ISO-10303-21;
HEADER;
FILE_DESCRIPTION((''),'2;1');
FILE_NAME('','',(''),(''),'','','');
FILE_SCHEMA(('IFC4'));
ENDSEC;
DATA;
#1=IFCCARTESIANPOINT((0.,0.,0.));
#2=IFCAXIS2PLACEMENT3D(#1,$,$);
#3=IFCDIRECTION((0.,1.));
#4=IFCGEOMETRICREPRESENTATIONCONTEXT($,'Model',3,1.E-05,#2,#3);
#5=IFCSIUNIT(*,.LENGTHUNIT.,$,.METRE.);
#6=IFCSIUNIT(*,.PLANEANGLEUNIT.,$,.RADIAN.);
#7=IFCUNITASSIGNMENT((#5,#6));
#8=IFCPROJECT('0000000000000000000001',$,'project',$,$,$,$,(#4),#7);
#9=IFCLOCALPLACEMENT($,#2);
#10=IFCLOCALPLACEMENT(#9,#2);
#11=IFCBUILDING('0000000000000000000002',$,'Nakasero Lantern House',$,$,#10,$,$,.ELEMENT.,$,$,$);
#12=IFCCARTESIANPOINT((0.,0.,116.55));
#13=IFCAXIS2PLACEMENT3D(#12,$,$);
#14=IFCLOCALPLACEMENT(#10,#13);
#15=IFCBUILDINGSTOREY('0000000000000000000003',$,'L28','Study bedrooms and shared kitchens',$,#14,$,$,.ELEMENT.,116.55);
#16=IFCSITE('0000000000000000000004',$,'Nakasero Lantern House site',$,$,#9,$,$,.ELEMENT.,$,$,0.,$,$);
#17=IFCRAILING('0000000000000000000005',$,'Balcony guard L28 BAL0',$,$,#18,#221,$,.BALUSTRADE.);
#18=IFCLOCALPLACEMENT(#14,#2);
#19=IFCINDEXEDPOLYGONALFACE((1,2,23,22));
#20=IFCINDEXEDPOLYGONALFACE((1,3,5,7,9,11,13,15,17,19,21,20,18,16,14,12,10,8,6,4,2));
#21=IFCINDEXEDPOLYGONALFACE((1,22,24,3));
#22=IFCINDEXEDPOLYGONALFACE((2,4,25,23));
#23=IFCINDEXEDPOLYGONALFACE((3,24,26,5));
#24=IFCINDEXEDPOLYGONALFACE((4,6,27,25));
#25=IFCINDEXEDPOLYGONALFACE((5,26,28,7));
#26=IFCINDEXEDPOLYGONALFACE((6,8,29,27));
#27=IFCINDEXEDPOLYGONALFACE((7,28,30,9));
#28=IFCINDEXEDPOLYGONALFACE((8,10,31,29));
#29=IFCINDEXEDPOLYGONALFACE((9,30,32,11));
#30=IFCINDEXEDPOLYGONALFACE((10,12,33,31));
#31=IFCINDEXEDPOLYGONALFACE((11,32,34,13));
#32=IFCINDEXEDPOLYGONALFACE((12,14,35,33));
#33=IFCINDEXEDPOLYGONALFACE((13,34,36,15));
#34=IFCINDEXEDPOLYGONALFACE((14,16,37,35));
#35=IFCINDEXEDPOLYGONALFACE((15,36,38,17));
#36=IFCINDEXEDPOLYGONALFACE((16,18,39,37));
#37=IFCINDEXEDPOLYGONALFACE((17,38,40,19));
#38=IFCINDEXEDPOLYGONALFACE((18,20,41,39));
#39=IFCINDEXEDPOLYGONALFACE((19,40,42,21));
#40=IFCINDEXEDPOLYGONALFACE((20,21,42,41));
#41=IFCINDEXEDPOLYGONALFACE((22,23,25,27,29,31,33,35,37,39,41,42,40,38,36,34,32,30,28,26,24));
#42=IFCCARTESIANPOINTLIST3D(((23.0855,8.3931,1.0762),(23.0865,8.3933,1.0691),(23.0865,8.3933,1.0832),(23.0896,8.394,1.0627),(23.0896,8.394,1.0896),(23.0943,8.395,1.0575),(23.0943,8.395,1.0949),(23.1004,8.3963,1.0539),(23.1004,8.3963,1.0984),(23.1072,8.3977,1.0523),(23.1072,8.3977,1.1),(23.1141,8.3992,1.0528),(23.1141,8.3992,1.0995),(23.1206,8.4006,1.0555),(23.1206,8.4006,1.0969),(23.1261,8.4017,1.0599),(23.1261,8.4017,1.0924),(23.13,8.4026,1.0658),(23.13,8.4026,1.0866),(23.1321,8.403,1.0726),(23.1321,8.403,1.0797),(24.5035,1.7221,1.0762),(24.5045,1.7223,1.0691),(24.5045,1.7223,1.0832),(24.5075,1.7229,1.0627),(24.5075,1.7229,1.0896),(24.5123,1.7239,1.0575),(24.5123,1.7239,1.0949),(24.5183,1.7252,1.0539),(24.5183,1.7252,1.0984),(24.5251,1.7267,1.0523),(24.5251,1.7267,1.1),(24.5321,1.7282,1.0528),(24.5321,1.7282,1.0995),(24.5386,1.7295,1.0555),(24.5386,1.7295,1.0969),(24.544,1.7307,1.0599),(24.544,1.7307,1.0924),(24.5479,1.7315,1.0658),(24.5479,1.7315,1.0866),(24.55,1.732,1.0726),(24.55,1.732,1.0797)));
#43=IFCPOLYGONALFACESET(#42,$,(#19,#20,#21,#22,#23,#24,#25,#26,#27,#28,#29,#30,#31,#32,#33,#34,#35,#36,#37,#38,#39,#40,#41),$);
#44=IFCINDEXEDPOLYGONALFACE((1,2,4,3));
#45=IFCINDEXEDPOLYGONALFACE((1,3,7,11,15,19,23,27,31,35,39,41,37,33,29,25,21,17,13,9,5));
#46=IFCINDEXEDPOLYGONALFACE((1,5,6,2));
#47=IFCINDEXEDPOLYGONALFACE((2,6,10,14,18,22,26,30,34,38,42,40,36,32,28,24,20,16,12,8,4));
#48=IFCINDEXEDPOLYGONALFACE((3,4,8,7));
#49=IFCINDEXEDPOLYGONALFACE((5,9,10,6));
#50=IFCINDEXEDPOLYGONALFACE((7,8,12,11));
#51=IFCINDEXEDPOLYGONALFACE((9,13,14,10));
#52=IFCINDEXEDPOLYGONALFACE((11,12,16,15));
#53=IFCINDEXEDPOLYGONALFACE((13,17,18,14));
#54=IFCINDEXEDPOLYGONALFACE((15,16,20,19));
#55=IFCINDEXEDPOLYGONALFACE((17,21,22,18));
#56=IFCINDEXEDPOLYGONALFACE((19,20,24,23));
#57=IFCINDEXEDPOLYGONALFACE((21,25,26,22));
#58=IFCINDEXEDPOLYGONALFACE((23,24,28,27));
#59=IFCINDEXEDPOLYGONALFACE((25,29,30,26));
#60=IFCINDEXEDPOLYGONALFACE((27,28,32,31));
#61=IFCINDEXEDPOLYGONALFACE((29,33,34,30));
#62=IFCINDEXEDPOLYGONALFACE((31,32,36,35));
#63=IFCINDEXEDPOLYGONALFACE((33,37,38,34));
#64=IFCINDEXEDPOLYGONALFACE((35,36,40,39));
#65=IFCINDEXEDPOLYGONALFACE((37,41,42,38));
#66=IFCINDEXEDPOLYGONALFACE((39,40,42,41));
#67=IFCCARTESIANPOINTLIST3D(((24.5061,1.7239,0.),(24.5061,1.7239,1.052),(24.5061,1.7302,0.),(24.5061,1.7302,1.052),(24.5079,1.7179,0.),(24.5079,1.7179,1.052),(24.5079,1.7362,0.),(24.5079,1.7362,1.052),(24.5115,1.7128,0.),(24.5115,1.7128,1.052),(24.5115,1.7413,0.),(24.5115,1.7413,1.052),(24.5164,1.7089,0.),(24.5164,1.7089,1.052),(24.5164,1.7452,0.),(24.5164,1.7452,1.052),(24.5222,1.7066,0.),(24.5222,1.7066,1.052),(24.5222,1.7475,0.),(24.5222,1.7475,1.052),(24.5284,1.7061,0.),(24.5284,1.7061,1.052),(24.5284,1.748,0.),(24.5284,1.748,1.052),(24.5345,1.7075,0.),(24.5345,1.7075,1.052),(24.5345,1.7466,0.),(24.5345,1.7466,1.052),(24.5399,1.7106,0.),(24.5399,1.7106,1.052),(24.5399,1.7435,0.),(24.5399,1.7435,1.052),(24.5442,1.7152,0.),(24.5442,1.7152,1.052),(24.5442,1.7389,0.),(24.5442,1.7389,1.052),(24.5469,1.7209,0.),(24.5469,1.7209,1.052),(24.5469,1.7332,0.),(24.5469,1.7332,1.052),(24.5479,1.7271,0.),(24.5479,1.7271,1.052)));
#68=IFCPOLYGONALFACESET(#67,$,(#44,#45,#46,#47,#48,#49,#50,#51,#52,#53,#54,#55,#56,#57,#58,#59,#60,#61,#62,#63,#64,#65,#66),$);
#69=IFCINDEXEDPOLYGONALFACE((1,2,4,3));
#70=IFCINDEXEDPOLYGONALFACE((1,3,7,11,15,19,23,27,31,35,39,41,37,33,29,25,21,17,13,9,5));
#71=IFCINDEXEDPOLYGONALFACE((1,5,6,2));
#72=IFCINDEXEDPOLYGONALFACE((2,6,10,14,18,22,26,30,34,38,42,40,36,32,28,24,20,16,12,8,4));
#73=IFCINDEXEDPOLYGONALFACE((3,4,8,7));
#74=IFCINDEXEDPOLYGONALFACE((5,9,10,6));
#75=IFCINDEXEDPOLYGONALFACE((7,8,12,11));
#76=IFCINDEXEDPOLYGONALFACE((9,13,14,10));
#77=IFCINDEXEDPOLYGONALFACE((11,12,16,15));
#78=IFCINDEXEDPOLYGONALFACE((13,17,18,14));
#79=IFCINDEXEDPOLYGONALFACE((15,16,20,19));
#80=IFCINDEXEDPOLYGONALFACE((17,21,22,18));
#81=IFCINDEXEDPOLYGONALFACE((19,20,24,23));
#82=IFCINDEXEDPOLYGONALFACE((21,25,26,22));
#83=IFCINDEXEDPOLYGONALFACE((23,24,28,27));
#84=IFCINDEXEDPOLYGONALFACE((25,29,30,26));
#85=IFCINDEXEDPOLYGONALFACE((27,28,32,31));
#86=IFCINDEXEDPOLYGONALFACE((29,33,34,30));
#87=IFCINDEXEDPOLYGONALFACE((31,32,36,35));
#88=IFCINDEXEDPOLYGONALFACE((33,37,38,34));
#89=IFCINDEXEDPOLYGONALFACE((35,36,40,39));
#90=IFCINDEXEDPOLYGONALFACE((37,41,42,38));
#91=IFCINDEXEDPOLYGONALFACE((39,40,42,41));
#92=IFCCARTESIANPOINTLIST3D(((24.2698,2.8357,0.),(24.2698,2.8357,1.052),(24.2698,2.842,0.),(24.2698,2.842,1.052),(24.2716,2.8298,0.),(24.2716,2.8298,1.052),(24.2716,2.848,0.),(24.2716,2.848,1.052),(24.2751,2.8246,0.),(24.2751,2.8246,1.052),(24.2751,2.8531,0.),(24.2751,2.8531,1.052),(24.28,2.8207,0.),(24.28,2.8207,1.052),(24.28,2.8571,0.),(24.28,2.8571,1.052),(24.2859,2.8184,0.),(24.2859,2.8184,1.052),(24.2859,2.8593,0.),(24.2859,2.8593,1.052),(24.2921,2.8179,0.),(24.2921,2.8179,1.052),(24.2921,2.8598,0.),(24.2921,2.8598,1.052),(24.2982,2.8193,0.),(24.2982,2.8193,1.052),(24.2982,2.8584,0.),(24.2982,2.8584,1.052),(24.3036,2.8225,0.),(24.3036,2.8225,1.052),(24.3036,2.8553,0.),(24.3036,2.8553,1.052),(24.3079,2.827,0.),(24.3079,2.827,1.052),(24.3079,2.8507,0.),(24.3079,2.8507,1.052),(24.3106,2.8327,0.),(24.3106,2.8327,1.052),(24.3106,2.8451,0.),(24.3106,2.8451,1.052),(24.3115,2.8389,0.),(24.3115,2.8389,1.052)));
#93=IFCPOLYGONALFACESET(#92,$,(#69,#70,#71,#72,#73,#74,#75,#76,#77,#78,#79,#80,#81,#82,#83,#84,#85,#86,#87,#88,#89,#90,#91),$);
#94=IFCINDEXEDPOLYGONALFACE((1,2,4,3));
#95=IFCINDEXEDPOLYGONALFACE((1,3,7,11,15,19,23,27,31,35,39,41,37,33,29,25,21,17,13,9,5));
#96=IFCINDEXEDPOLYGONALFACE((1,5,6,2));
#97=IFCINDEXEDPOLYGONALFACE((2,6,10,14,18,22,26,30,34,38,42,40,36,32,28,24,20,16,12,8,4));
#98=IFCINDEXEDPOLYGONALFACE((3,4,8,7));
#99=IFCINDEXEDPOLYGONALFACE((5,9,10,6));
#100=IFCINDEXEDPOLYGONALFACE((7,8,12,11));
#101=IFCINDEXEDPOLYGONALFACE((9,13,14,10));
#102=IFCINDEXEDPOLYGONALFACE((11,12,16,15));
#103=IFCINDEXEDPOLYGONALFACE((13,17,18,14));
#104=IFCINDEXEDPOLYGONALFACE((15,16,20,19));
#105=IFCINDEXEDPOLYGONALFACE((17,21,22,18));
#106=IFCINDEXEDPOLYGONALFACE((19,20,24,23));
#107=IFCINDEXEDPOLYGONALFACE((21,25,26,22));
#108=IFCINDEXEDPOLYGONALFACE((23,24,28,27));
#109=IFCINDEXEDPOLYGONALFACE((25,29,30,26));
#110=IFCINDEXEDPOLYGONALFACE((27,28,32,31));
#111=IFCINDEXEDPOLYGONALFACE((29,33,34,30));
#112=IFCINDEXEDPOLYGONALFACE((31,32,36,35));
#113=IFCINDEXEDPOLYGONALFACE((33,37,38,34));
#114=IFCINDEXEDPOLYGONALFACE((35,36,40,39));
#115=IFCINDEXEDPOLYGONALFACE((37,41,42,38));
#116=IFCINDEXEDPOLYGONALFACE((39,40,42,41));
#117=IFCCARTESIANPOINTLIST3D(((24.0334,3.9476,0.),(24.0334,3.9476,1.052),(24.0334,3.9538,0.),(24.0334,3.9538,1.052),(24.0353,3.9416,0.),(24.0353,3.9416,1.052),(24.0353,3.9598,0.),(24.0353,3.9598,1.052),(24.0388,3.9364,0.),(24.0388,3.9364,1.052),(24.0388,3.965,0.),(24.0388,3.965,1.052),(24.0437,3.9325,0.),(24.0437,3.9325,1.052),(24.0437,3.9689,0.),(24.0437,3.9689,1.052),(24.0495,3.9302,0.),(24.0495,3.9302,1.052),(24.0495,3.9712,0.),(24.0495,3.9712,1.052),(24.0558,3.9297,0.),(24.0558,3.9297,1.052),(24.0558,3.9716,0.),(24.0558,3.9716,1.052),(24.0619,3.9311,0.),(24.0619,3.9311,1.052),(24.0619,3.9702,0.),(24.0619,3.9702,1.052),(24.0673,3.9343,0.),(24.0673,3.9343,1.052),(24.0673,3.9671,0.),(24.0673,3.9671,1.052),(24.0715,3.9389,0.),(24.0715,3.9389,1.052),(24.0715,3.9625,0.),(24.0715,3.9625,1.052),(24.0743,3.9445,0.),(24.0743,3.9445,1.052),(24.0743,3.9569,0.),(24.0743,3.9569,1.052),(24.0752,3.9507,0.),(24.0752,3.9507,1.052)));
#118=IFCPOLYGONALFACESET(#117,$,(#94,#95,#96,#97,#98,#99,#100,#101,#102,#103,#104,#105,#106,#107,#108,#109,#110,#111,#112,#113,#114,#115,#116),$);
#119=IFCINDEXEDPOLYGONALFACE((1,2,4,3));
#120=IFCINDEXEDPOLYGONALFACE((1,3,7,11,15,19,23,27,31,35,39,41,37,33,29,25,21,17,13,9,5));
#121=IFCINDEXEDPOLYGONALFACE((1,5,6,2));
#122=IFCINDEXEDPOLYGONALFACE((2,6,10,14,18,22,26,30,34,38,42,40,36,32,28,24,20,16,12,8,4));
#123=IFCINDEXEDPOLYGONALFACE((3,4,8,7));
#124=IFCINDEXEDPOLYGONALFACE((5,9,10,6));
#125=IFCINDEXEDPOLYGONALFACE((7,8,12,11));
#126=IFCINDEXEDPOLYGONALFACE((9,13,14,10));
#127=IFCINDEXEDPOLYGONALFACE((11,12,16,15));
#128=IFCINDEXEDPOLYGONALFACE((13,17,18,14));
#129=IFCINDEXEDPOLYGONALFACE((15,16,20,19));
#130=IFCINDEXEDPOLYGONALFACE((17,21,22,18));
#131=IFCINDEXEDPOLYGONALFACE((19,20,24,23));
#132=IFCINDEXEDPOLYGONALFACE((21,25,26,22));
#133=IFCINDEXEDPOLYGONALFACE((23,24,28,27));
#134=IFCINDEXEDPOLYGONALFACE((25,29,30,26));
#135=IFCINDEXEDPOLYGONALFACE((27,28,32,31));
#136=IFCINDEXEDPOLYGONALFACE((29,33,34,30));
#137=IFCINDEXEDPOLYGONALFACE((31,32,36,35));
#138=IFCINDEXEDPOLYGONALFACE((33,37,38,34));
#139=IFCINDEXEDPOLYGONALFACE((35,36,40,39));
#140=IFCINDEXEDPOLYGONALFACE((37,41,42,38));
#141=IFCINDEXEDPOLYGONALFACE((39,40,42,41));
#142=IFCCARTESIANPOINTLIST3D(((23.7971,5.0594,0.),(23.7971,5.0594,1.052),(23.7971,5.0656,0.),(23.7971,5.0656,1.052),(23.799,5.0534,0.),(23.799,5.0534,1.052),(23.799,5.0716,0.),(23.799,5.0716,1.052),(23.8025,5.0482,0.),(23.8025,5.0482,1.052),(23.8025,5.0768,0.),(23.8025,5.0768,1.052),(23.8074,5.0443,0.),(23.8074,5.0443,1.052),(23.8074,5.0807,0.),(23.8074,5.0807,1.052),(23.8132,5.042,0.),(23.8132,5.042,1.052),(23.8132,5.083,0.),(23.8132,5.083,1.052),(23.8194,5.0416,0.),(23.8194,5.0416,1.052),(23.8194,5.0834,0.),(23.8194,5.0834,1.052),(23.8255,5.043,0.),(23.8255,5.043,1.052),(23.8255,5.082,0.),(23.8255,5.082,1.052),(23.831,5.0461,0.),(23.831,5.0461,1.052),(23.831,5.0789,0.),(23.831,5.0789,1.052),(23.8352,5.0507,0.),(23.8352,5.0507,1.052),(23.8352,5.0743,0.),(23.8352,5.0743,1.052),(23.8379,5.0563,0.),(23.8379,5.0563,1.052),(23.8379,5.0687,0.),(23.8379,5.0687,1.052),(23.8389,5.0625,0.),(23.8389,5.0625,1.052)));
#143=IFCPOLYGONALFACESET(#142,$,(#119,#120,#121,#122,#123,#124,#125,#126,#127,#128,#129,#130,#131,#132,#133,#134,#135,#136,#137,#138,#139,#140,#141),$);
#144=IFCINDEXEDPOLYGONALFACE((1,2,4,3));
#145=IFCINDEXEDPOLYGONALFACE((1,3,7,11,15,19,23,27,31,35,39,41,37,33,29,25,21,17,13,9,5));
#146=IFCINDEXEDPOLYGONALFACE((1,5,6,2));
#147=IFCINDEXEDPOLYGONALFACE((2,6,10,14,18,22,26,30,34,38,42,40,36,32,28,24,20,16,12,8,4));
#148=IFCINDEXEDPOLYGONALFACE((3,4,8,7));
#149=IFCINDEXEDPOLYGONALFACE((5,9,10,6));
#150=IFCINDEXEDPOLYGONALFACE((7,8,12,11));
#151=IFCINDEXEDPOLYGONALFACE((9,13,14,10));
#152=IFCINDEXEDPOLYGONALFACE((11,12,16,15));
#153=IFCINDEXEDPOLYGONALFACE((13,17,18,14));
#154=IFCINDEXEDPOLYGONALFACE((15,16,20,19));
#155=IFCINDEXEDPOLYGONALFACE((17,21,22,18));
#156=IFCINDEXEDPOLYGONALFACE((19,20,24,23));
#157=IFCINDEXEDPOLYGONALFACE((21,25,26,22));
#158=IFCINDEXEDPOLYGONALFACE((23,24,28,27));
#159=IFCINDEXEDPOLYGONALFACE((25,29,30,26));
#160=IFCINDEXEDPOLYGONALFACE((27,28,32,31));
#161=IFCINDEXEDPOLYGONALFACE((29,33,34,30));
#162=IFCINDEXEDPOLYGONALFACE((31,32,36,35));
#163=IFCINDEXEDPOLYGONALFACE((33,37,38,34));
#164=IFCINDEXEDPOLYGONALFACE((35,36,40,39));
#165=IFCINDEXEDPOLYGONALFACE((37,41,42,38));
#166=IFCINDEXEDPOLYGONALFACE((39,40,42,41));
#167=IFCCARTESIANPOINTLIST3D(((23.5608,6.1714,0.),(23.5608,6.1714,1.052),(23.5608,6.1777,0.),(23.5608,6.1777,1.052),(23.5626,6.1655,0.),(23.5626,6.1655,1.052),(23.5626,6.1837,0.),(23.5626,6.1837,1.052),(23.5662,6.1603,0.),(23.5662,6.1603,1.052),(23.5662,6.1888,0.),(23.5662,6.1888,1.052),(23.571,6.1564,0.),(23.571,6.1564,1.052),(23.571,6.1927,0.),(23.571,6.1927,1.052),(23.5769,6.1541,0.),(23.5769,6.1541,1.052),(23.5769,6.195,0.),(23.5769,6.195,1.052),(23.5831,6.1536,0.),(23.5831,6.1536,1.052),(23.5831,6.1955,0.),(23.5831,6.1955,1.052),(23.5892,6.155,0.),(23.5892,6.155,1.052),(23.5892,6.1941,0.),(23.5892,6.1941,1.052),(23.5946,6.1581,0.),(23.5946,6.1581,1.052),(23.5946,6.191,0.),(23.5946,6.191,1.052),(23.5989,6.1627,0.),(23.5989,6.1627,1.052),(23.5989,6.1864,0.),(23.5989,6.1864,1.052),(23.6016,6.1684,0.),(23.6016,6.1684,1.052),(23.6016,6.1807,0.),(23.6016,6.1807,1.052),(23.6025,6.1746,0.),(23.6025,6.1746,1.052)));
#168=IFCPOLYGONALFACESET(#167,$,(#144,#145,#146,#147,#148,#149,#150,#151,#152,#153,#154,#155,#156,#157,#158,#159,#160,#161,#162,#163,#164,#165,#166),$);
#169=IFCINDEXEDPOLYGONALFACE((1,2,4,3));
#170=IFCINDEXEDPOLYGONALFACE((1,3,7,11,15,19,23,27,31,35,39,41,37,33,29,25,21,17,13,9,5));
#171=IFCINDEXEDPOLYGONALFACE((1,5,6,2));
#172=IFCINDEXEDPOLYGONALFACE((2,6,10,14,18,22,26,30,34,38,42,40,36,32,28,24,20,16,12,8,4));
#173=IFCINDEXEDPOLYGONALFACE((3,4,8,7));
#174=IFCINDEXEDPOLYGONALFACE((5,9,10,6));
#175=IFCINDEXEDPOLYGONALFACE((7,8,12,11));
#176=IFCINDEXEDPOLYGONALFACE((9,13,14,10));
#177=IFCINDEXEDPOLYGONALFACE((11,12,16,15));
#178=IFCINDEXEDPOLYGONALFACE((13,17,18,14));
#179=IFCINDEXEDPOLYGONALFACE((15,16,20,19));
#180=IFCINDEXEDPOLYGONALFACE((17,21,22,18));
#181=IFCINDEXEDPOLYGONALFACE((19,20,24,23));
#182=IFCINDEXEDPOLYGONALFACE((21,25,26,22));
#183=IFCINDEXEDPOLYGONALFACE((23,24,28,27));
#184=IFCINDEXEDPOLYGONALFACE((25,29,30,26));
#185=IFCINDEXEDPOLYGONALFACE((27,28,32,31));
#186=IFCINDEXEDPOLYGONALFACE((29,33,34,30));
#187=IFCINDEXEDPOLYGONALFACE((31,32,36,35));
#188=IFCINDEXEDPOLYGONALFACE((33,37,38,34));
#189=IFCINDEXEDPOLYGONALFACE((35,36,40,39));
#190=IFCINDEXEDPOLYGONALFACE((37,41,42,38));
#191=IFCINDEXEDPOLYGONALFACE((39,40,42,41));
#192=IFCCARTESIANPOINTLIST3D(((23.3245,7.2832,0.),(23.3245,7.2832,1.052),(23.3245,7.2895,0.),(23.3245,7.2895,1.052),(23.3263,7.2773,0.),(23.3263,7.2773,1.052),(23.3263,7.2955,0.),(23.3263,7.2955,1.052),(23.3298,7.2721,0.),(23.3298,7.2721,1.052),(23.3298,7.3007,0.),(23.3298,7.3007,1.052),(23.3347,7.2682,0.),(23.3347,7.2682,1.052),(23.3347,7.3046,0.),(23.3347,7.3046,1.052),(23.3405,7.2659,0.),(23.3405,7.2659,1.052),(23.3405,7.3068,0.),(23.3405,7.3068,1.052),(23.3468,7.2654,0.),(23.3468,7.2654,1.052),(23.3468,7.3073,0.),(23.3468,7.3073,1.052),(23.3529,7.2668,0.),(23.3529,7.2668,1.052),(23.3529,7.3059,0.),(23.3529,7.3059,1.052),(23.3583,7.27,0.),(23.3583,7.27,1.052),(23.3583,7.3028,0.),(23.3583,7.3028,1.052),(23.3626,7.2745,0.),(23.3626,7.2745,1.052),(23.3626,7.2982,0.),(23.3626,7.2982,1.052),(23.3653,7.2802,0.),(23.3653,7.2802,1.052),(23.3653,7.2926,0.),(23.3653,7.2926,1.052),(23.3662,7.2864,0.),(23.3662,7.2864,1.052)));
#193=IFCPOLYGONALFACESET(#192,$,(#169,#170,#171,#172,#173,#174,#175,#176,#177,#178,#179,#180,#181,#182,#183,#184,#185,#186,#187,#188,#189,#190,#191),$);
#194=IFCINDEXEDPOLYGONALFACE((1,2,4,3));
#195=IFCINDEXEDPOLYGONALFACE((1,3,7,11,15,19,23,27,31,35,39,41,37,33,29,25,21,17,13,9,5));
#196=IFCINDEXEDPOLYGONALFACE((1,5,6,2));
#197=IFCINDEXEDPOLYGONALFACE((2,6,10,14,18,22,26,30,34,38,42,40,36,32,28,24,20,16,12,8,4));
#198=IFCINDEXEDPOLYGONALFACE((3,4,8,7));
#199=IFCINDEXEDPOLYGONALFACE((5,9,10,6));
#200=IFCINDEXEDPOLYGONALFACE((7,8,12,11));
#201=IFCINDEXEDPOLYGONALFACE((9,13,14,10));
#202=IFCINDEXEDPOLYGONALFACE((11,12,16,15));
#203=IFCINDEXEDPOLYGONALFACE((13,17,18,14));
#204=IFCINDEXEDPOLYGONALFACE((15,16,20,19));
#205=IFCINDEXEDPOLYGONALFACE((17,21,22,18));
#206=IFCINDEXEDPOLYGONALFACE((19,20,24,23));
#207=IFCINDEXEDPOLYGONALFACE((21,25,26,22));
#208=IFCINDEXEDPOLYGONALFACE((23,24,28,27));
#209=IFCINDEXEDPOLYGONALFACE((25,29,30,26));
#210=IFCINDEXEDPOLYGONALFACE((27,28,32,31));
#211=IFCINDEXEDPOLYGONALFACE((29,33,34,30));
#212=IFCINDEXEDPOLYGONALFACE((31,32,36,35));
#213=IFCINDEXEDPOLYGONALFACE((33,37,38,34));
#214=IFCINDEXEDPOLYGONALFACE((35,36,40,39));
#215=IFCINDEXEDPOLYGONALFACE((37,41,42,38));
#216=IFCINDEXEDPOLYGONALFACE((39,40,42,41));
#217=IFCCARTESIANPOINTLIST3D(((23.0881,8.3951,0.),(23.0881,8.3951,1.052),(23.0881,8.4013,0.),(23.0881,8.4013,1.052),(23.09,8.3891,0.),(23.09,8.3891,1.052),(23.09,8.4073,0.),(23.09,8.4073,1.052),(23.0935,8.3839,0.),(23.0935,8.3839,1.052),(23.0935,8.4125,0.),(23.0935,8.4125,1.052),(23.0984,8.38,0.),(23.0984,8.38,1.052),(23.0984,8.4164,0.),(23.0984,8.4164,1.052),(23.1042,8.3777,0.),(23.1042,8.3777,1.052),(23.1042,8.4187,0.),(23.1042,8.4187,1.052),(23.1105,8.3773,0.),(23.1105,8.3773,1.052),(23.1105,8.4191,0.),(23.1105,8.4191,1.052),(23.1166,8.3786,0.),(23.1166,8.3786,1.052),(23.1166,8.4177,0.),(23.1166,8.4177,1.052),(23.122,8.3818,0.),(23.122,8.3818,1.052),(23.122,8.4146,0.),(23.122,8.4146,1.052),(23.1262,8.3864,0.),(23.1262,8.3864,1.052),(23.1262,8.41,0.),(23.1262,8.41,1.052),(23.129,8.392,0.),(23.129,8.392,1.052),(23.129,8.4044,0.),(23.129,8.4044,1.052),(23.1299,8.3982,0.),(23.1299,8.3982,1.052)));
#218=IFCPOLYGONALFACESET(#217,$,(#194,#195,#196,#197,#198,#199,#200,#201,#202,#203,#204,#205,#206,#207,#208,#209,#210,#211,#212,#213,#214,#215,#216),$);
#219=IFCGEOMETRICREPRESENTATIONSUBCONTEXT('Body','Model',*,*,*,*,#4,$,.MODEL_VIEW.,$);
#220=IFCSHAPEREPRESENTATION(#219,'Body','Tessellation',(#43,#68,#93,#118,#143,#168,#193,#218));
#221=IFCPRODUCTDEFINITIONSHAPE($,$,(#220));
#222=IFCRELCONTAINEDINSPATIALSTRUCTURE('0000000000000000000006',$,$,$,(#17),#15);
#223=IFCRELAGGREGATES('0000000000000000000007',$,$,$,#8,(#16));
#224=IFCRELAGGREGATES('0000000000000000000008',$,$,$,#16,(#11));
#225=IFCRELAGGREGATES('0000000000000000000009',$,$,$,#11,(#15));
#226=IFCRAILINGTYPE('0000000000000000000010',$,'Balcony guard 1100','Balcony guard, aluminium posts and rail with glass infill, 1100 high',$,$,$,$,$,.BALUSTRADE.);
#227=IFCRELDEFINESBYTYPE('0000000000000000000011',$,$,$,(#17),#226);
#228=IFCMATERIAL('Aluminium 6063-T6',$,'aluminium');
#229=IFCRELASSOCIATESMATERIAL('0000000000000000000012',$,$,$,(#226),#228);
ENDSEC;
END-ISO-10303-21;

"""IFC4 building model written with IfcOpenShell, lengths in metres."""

from ifc_helpers import new_model, si_unit, direction, frame, origin, origin_2d, place, context, subcontext, project, spatial, circle, extrude, material, type_object, element, save


model = new_model("IFC4")

# Units and contexts
model_context = context("Model", 3, precision=1e-05, world=origin(), true_north=direction((0.0, 1.0)))
body_context = subcontext(model_context, "Body", "Model", "MODEL_VIEW")
ifc_project = project(units=[si_unit("LENGTHUNIT", "METRE"), si_unit("PLANEANGLEUNIT", "RADIAN")], contexts=[model_context])

# Site, building, storey
site_placement = place(None, origin())
site = spatial("IfcSite", under=ifc_project, at=site_placement, Name="Nakasero Lantern House site", CompositionType="ELEMENT", RefElevation=0.0)
building_placement = place(site_placement, origin())
building = spatial("IfcBuilding", under=site, at=building_placement, Name="Nakasero Lantern House", CompositionType="ELEMENT")
storey_placement = place(building_placement, frame((0.0, 0.0, 116.55)))
storey = spatial("IfcBuildingStorey", under=building, at=storey_placement, Name="L28", Description="Study bedrooms and shared kitchens", CompositionType="ELEMENT", Elevation=116.55)

# Railing
ifc_material_1 = material(Name="Aluminium 6063-T6", Category="aluminium")
railing_type = type_object("IfcRailingType", Name="Balcony guard 1100", Description="Balcony guard, aluminium posts and rail with glass infill, 1100 high", PredefinedType="BALUSTRADE", material=ifc_material_1)
railing_placement = place(storey_placement, frame((24.5269, 1.7271, 0.0)))
element("IfcRailing", 1, at=railing_placement, inside=storey, type_object=railing_type, Name="Balcony guard L28 BAL0", PredefinedType="BALUSTRADE", context=body_context, shape_type="SweptSolid", body=[
    extrude(circle(Radius=0.0239, at=origin_2d()), frame((0.0, 0.0, 1.0762), z_axis=(-0.207908, 0.978148, 0.0), x_axis=(-0.978148, -0.207908, 0.0)), (0.0, 0.0, 1.0), 6.8201),
    extrude(circle(Radius=0.021, at=origin_2d()), origin(), (0.0, 0.0, 1.0), 1.052),
    extrude(circle(Radius=0.021, at=origin_2d()), frame((-0.2363, 1.1118, 0.0)), (0.0, 0.0, 1.0), 1.052),
    extrude(circle(Radius=0.021, at=origin_2d()), frame((-0.4727, 2.2236, 0.0)), (0.0, 0.0, 1.0), 1.052),
    extrude(circle(Radius=0.021, at=origin_2d()), frame((-0.709, 3.3354, 0.0)), (0.0, 0.0, 1.0), 1.052),
    extrude(circle(Radius=0.021, at=origin_2d()), frame((-0.9453, 4.4475, 0.0)), (0.0, 0.0, 1.0), 1.052),
    extrude(circle(Radius=0.021, at=origin_2d()), frame((-1.1816, 5.5593, 0.0)), (0.0, 0.0, 1.0), 1.052),
    extrude(circle(Radius=0.021, at=origin_2d()), frame((-1.418, 6.6711, 0.0)), (0.0, 0.0, 1.0), 1.052),
])

save(model, "model.ifc")
